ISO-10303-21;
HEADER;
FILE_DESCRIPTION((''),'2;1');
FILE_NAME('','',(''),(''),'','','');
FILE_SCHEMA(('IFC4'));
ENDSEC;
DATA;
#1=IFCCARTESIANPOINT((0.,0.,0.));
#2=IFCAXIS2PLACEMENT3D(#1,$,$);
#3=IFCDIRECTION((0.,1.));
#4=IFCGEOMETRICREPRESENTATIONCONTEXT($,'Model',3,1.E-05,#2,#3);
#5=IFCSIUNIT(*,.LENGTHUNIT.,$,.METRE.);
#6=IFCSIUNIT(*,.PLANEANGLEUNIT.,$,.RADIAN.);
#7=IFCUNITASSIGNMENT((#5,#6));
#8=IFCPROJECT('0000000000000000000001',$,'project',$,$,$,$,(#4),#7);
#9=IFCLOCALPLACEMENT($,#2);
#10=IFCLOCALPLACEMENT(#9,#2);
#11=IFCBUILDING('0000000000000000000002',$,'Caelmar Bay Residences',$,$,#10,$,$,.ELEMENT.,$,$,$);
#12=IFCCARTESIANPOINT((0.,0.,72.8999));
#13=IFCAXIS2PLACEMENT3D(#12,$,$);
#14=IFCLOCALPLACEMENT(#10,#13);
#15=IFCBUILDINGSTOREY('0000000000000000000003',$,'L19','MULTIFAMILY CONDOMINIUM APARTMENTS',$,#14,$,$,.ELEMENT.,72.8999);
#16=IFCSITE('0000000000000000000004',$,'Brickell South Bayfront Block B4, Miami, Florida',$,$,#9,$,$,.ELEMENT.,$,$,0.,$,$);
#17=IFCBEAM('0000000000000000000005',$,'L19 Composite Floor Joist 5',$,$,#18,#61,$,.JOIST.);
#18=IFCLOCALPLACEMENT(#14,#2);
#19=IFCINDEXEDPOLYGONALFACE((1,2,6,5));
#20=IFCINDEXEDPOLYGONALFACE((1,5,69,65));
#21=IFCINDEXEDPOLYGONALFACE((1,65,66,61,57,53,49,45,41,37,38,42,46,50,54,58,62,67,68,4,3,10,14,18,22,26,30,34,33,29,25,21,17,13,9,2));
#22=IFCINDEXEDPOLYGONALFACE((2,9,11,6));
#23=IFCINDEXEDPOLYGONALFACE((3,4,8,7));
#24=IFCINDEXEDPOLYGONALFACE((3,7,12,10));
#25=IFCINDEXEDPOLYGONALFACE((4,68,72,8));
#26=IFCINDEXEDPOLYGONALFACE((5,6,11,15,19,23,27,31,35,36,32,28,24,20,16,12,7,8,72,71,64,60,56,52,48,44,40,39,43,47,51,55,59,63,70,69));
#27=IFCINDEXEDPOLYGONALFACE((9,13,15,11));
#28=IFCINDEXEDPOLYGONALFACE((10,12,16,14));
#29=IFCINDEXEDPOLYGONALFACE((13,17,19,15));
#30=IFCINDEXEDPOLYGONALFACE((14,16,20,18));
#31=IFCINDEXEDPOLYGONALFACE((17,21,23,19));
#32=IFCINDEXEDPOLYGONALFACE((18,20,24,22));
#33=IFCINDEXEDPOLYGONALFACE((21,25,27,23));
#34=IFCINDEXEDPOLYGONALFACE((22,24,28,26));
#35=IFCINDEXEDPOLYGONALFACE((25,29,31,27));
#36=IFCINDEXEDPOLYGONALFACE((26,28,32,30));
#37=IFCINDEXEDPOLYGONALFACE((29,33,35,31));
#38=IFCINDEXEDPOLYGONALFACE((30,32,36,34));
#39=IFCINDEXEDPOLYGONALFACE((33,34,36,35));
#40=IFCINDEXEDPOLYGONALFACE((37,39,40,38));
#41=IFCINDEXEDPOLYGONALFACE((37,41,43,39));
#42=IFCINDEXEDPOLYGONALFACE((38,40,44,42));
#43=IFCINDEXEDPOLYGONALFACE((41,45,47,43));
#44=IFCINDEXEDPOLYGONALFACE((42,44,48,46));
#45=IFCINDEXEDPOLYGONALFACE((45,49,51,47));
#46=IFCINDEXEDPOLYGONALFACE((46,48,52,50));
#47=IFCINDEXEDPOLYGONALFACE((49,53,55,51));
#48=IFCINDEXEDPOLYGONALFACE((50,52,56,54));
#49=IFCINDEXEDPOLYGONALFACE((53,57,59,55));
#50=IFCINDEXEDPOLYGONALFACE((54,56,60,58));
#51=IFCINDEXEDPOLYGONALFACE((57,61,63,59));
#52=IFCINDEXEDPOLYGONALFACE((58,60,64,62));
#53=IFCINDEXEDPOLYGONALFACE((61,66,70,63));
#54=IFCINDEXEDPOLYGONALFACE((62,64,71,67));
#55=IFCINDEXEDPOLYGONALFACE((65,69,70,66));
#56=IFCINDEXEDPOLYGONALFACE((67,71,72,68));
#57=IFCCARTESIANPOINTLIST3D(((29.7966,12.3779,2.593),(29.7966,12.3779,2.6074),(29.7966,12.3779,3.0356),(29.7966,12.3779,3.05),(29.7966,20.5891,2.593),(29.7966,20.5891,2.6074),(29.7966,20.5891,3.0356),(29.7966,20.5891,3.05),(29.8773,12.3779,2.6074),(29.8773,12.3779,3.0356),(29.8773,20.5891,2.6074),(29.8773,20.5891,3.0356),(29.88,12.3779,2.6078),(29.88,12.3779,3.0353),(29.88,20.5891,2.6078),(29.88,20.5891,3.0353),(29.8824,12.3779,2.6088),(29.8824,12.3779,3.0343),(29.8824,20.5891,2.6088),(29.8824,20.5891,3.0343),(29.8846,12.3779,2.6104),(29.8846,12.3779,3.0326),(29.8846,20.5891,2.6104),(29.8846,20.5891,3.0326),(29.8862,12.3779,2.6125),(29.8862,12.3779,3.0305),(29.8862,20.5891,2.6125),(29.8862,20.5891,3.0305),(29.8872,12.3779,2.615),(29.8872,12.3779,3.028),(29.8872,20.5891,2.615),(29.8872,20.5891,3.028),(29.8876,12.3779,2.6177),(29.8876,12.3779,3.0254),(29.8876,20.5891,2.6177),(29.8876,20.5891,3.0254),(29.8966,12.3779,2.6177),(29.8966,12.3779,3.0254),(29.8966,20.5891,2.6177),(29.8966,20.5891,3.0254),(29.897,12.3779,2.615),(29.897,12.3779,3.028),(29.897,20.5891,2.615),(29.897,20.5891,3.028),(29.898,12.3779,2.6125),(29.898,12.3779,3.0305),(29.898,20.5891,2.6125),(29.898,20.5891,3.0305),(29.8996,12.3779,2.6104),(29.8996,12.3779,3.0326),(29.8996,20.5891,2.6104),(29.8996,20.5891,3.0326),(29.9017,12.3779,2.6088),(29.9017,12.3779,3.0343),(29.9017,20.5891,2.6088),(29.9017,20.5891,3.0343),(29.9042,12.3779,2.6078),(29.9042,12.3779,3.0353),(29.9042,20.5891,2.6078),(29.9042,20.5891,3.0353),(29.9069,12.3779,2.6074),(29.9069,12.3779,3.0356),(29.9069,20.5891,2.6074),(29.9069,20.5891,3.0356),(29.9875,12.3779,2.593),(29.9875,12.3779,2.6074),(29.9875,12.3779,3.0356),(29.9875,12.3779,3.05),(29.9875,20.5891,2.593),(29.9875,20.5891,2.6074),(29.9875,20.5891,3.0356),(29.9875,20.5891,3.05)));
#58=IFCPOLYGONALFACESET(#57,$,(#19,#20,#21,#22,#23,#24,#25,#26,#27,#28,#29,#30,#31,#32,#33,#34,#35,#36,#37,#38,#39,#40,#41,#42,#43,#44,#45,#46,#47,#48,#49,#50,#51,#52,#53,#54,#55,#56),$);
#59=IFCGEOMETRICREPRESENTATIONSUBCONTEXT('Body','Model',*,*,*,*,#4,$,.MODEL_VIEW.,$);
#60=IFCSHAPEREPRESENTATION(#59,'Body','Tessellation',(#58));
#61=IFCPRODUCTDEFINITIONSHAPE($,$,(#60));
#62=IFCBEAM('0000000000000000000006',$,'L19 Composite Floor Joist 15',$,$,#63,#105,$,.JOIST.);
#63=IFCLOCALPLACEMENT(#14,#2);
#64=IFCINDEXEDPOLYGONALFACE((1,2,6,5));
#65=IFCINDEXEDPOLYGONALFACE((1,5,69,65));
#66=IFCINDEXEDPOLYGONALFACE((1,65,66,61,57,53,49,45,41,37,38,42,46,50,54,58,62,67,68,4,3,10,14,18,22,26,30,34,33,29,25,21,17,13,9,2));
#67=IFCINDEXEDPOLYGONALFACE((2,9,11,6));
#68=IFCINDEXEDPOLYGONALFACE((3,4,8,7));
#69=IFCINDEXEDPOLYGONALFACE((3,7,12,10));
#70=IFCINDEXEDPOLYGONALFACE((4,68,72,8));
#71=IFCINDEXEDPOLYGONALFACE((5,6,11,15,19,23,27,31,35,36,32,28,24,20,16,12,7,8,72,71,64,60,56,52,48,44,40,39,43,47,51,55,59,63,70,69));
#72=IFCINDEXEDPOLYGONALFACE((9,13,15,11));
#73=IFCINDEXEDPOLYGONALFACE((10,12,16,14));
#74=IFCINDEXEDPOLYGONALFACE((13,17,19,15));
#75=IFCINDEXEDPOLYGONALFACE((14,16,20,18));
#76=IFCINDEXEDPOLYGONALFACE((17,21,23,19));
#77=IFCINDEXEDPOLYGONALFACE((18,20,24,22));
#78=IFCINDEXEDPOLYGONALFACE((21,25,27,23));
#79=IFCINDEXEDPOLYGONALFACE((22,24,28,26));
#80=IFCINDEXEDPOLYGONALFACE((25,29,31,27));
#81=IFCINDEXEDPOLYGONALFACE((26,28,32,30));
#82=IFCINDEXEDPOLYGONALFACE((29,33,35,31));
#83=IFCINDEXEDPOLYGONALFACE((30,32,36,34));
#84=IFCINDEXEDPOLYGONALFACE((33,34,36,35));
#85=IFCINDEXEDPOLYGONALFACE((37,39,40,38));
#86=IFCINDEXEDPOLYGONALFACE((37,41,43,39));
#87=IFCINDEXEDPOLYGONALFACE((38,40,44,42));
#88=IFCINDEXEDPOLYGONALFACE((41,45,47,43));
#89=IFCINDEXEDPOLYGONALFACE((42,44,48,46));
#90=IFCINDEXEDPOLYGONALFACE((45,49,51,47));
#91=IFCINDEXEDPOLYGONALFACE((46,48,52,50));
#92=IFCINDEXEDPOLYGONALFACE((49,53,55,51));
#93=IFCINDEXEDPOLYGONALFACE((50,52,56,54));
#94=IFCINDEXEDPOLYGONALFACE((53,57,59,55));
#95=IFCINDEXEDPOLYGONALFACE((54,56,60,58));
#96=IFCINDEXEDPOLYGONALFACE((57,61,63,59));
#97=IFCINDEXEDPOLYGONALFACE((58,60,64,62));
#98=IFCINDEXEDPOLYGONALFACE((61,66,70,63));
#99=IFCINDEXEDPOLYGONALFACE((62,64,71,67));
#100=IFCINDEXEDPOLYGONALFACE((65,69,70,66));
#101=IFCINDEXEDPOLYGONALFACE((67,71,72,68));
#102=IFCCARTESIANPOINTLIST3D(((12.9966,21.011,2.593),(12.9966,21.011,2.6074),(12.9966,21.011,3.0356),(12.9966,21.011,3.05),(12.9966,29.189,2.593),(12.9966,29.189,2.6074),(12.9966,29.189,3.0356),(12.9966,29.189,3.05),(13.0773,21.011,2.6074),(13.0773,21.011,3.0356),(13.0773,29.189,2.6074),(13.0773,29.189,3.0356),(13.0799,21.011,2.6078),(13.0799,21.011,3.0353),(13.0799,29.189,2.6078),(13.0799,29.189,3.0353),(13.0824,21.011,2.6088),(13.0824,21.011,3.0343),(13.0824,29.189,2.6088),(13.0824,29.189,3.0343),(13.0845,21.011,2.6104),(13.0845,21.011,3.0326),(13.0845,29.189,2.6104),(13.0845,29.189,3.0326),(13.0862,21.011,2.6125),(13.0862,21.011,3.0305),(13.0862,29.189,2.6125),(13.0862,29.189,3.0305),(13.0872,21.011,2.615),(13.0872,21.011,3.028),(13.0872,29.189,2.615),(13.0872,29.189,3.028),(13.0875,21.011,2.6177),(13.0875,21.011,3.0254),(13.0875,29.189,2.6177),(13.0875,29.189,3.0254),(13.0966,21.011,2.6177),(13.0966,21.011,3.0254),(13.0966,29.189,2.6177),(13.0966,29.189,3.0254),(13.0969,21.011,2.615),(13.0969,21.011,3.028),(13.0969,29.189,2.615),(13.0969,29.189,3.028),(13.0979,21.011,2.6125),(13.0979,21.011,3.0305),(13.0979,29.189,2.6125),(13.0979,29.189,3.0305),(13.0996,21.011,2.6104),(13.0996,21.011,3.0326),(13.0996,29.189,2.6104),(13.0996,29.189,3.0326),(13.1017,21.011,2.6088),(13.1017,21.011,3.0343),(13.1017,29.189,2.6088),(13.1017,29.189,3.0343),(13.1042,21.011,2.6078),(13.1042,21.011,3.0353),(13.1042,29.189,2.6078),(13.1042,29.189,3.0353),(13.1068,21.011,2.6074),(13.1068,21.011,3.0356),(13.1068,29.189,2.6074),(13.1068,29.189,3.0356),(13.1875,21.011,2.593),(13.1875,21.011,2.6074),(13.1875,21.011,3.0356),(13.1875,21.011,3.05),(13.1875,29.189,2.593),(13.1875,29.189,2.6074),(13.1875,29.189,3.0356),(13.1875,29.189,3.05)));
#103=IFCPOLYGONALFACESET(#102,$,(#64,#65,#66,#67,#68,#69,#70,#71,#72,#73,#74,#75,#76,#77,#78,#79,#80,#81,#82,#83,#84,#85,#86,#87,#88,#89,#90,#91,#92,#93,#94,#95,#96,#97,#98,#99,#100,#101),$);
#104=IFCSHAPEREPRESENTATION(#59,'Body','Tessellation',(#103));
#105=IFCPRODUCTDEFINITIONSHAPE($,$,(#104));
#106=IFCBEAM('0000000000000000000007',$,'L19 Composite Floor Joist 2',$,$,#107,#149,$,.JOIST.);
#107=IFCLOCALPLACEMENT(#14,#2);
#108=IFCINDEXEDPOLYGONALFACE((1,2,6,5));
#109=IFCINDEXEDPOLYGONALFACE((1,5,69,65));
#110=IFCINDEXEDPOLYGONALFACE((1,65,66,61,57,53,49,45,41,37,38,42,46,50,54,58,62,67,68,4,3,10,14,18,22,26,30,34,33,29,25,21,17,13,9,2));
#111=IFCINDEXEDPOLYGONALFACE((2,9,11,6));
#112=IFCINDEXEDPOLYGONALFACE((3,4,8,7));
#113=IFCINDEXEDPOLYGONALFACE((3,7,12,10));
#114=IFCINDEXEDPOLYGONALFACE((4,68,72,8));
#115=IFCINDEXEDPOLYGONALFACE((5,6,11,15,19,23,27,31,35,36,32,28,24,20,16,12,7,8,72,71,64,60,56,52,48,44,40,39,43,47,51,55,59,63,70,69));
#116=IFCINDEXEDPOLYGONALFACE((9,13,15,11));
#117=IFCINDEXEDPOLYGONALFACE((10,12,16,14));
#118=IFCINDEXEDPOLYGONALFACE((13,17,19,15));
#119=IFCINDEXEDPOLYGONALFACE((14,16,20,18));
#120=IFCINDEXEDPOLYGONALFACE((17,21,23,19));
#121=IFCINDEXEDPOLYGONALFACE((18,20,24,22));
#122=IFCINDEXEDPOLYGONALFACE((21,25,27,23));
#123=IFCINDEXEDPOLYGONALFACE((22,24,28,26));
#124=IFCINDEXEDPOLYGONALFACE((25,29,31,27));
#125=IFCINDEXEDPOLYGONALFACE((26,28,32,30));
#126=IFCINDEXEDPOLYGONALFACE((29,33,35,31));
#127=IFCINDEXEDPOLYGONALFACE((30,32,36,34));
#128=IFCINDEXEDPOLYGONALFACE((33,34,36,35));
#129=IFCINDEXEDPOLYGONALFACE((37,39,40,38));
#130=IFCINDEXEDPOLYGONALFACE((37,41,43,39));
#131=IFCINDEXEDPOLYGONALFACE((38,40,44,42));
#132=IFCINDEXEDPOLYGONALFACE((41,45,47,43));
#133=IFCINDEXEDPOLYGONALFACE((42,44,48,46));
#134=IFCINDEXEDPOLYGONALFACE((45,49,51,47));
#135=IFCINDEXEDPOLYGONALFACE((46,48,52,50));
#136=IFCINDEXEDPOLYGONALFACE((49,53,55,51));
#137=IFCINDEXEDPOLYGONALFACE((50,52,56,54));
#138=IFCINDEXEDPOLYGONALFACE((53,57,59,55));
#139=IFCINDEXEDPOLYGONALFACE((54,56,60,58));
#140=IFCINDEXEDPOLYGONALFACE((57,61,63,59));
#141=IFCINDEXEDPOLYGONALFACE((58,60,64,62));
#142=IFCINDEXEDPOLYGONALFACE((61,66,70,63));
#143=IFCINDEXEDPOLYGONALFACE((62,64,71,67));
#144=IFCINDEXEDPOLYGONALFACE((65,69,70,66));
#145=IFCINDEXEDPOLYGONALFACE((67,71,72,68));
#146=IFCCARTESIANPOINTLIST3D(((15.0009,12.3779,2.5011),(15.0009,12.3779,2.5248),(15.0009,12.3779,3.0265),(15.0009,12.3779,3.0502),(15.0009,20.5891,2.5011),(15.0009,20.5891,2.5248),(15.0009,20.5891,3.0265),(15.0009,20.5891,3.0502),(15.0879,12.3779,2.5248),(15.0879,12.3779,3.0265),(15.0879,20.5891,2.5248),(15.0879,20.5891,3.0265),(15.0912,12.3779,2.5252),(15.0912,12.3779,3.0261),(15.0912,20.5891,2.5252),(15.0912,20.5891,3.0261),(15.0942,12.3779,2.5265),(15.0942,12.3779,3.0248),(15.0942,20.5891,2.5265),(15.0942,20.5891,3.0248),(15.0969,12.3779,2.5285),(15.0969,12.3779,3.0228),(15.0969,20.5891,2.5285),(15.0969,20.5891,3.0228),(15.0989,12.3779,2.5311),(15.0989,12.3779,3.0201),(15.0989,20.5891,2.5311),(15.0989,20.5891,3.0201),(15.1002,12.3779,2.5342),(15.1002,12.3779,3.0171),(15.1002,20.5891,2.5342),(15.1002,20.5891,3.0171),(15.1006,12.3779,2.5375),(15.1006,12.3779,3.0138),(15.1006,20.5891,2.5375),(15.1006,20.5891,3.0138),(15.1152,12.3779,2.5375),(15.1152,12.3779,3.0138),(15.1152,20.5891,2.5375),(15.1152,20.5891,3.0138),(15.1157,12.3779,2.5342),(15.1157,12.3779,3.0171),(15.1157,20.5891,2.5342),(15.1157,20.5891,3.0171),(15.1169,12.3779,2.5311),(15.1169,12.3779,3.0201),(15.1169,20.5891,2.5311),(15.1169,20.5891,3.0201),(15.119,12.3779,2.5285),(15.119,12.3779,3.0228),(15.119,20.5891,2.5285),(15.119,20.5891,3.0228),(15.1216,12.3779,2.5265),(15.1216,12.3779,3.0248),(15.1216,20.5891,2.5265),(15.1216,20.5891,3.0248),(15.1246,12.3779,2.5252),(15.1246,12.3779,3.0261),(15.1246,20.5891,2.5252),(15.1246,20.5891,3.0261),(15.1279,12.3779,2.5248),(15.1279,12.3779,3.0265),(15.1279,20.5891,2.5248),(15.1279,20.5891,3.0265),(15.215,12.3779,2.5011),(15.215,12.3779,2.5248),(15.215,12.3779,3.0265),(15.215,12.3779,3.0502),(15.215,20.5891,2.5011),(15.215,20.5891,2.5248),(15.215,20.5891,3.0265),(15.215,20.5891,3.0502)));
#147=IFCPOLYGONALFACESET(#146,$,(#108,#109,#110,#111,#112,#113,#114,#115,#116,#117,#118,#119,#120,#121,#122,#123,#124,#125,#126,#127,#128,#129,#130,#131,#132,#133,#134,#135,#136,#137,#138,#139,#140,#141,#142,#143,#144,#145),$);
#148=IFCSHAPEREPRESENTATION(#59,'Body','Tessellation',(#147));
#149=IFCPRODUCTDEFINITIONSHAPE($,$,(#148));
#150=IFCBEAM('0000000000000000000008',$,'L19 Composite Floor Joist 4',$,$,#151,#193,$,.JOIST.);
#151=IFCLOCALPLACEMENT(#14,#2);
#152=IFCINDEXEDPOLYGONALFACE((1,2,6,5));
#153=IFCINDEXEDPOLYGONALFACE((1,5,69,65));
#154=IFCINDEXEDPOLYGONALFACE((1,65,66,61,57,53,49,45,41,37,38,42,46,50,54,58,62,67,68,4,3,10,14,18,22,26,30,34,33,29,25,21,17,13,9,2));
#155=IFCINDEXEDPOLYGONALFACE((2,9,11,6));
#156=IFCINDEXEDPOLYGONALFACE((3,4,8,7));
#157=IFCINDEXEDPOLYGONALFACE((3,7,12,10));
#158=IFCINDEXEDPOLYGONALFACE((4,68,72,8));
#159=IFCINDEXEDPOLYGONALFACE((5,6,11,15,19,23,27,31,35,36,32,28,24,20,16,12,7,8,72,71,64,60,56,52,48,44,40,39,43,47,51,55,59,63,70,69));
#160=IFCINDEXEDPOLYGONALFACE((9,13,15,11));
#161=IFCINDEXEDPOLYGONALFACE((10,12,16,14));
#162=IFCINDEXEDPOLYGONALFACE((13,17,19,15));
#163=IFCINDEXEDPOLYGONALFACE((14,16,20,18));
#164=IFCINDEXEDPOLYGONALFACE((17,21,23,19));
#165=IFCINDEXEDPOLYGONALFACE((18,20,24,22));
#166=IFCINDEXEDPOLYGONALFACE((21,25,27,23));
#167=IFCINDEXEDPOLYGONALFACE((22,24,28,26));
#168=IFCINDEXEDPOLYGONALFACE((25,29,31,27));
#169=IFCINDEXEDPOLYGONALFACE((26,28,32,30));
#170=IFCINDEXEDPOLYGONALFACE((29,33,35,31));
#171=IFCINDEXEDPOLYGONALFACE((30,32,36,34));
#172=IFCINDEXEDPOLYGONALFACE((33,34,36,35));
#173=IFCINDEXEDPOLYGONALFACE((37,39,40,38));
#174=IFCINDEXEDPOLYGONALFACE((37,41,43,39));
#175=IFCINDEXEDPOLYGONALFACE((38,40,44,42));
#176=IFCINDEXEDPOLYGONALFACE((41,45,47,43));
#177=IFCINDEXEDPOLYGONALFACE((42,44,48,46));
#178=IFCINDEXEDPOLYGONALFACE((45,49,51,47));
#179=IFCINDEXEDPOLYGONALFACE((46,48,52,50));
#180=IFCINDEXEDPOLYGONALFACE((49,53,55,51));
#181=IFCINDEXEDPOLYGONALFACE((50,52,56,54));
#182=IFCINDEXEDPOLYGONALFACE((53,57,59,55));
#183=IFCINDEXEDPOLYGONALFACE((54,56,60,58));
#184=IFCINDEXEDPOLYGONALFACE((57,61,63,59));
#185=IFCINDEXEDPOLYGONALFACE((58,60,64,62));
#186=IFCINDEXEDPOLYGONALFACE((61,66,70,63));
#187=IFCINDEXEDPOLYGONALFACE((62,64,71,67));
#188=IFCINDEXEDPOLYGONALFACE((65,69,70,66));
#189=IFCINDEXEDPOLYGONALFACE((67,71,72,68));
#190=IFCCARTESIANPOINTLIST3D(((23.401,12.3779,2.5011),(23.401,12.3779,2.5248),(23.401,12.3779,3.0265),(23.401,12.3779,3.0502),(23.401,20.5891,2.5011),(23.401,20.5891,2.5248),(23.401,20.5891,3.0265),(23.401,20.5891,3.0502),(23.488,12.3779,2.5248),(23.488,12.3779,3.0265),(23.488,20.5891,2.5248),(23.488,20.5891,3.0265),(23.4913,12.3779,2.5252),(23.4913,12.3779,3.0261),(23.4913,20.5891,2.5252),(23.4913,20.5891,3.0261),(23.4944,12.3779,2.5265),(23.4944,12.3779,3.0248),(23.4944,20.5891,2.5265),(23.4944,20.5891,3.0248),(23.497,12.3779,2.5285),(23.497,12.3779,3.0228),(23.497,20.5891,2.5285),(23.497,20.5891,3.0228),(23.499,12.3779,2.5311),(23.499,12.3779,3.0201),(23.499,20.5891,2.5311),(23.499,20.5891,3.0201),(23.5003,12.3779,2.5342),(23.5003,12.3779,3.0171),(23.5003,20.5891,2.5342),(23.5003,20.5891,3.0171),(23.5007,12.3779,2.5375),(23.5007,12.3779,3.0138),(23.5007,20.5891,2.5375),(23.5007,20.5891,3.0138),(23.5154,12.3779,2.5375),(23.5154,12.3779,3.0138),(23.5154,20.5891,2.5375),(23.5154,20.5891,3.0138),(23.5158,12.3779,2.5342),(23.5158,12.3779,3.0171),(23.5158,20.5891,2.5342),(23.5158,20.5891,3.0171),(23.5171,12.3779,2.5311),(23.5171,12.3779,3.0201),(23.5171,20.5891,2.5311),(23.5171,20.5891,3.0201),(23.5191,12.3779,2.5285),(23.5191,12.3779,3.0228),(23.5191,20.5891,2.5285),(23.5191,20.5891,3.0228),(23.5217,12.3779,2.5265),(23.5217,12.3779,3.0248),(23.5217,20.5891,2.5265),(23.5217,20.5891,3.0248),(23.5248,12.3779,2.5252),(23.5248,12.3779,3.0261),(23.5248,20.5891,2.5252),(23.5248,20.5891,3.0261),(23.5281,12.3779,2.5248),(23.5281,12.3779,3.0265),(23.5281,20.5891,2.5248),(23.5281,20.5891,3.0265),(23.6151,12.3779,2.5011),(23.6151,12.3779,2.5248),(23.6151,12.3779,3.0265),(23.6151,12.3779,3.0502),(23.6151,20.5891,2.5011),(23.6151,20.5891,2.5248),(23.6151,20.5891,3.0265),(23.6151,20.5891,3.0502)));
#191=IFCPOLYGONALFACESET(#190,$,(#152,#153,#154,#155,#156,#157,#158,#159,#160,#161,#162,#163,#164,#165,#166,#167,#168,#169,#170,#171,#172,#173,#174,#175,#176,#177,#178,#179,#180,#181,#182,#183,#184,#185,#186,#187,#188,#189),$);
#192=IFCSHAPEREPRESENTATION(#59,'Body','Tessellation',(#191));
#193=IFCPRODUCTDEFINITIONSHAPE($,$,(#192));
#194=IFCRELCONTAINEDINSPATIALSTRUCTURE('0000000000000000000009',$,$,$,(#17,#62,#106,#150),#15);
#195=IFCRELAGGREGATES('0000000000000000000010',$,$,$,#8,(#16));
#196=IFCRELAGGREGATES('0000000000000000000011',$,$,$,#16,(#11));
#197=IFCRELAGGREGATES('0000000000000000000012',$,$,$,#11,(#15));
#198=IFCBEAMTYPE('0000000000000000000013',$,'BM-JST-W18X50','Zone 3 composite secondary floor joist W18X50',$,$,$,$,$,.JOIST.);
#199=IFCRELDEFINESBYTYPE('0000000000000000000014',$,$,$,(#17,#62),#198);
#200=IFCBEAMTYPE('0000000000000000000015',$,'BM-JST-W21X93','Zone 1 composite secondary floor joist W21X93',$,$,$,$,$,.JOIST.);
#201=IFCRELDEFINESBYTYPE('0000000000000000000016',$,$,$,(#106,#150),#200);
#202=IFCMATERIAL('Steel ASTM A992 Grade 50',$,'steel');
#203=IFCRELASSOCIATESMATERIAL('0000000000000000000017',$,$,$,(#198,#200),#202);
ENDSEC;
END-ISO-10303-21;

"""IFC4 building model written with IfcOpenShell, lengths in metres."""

from ifc_helpers import new_model, si_unit, direction, frame, origin, origin_2d, place, context, subcontext, project, spatial, i_section, extrude, material, material_profile, profile_set, type_object, element, save


model = new_model("IFC4")

# Units and contexts
model_context = context("Model", 3, precision=1e-05, world=origin(), true_north=direction((0.0, 1.0)))
body_context = subcontext(model_context, "Body", "Model", "MODEL_VIEW")
ifc_project = project(units=[si_unit("LENGTHUNIT", "METRE"), si_unit("PLANEANGLEUNIT", "RADIAN")], contexts=[model_context])

# Site, building, storey
site_placement = place(None, origin())
site = spatial("IfcSite", under=ifc_project, at=site_placement, Name="Brickell South Bayfront Block B4, Miami, Florida", CompositionType="ELEMENT", RefElevation=0.0)
building_placement = place(site_placement, origin())
building = spatial("IfcBuilding", under=site, at=building_placement, Name="Caelmar Bay Residences", CompositionType="ELEMENT")
storey_placement = place(building_placement, frame((0.0, 0.0, 72.8999)))
storey = spatial("IfcBuildingStorey", under=building, at=storey_placement, Name="L19", Description="MULTIFAMILY CONDOMINIUM APARTMENTS", CompositionType="ELEMENT", Elevation=72.8999)

# Beams
ifc_material_1 = material(Name="Steel ASTM A992 Grade 50", Category="steel")
ifc_material_profile_1 = material_profile(ifc_material_1, i_section(OverallWidth=0.1909, OverallDepth=0.457, WebThickness=0.009, FlangeThickness=0.0144, FilletRadius=0.0103, at=origin_2d()), Name="W18X50")
ifc_profile_set_1 = profile_set([ifc_material_profile_1], Name="Steel ASTM A992 Grade 50")
beam_type_1 = type_object("IfcBeamType", Name="BM-JST-W18X50", Description="Zone 3 composite secondary floor joist W18X50", PredefinedType="JOIST", material=ifc_profile_set_1)
for number, where, z_axis, x_axis, name in (
    (1, (29.8921, 12.3779, 2.8215), (0.0, 1.0, 0.0), (-1.0, 0.0, 0.0), "L19 Composite Floor Joist 5"),
):
    element("IfcBeam", number, at=place(storey_placement, frame(where, z_axis=z_axis, x_axis=x_axis)), inside=storey, type_object=beam_type_1, Name=name, PredefinedType="JOIST", context=body_context, shape_type="SweptSolid", body=[
        extrude(i_section(OverallWidth=0.1909, OverallDepth=0.457, WebThickness=0.009, FlangeThickness=0.0144, FilletRadius=0.0103, at=origin_2d()), origin(), (0.0, 0.0, 1.0), 8.2112),
    ])
beam_1_placement = place(storey_placement, frame((13.092, 21.011, 2.8215), z_axis=(0.0, 1.0, 0.0), x_axis=(-1.0, 0.0, 0.0)))
element("IfcBeam", 2, at=beam_1_placement, inside=storey, type_object=beam_type_1, Name="L19 Composite Floor Joist 15", PredefinedType="JOIST", context=body_context, shape_type="SweptSolid", body=[
    extrude(i_section(OverallWidth=0.1909, OverallDepth=0.457, WebThickness=0.009, FlangeThickness=0.0144, FilletRadius=0.0103, at=origin_2d()), origin(), (0.0, 0.0, 1.0), 8.178),
])
ifc_material_profile_2 = material_profile(ifc_material_1, i_section(OverallWidth=0.2141, OverallDepth=0.5491, WebThickness=0.0146, FlangeThickness=0.0237, FilletRadius=0.0127, at=origin_2d()), Name="W21X93")
ifc_profile_set_2 = profile_set([ifc_material_profile_2], Name="Steel ASTM A992 Grade 50")
beam_type_2 = type_object("IfcBeamType", Name="BM-JST-W21X93", Description="Zone 1 composite secondary floor joist W21X93", PredefinedType="JOIST", material=ifc_profile_set_2)
for number, where, z_axis, x_axis, name in (
    (3, (15.1079, 12.3779, 2.7756), (0.0, 1.0, 0.0), (-1.0, 0.0, 0.0), "L19 Composite Floor Joist 2"),
    (4, (23.5081, 12.3779, 2.7756), (0.0, 1.0, 0.0), (-1.0, 0.0, 0.0), "L19 Composite Floor Joist 4"),
):
    element("IfcBeam", number, at=place(storey_placement, frame(where, z_axis=z_axis, x_axis=x_axis)), inside=storey, type_object=beam_type_2, Name=name, PredefinedType="JOIST", context=body_context, shape_type="SweptSolid", body=[
        extrude(i_section(OverallWidth=0.2141, OverallDepth=0.5491, WebThickness=0.0146, FlangeThickness=0.0237, FilletRadius=0.0127, at=origin_2d()), origin(), (0.0, 0.0, 1.0), 8.2112),
    ])

save(model, "model.ifc")
